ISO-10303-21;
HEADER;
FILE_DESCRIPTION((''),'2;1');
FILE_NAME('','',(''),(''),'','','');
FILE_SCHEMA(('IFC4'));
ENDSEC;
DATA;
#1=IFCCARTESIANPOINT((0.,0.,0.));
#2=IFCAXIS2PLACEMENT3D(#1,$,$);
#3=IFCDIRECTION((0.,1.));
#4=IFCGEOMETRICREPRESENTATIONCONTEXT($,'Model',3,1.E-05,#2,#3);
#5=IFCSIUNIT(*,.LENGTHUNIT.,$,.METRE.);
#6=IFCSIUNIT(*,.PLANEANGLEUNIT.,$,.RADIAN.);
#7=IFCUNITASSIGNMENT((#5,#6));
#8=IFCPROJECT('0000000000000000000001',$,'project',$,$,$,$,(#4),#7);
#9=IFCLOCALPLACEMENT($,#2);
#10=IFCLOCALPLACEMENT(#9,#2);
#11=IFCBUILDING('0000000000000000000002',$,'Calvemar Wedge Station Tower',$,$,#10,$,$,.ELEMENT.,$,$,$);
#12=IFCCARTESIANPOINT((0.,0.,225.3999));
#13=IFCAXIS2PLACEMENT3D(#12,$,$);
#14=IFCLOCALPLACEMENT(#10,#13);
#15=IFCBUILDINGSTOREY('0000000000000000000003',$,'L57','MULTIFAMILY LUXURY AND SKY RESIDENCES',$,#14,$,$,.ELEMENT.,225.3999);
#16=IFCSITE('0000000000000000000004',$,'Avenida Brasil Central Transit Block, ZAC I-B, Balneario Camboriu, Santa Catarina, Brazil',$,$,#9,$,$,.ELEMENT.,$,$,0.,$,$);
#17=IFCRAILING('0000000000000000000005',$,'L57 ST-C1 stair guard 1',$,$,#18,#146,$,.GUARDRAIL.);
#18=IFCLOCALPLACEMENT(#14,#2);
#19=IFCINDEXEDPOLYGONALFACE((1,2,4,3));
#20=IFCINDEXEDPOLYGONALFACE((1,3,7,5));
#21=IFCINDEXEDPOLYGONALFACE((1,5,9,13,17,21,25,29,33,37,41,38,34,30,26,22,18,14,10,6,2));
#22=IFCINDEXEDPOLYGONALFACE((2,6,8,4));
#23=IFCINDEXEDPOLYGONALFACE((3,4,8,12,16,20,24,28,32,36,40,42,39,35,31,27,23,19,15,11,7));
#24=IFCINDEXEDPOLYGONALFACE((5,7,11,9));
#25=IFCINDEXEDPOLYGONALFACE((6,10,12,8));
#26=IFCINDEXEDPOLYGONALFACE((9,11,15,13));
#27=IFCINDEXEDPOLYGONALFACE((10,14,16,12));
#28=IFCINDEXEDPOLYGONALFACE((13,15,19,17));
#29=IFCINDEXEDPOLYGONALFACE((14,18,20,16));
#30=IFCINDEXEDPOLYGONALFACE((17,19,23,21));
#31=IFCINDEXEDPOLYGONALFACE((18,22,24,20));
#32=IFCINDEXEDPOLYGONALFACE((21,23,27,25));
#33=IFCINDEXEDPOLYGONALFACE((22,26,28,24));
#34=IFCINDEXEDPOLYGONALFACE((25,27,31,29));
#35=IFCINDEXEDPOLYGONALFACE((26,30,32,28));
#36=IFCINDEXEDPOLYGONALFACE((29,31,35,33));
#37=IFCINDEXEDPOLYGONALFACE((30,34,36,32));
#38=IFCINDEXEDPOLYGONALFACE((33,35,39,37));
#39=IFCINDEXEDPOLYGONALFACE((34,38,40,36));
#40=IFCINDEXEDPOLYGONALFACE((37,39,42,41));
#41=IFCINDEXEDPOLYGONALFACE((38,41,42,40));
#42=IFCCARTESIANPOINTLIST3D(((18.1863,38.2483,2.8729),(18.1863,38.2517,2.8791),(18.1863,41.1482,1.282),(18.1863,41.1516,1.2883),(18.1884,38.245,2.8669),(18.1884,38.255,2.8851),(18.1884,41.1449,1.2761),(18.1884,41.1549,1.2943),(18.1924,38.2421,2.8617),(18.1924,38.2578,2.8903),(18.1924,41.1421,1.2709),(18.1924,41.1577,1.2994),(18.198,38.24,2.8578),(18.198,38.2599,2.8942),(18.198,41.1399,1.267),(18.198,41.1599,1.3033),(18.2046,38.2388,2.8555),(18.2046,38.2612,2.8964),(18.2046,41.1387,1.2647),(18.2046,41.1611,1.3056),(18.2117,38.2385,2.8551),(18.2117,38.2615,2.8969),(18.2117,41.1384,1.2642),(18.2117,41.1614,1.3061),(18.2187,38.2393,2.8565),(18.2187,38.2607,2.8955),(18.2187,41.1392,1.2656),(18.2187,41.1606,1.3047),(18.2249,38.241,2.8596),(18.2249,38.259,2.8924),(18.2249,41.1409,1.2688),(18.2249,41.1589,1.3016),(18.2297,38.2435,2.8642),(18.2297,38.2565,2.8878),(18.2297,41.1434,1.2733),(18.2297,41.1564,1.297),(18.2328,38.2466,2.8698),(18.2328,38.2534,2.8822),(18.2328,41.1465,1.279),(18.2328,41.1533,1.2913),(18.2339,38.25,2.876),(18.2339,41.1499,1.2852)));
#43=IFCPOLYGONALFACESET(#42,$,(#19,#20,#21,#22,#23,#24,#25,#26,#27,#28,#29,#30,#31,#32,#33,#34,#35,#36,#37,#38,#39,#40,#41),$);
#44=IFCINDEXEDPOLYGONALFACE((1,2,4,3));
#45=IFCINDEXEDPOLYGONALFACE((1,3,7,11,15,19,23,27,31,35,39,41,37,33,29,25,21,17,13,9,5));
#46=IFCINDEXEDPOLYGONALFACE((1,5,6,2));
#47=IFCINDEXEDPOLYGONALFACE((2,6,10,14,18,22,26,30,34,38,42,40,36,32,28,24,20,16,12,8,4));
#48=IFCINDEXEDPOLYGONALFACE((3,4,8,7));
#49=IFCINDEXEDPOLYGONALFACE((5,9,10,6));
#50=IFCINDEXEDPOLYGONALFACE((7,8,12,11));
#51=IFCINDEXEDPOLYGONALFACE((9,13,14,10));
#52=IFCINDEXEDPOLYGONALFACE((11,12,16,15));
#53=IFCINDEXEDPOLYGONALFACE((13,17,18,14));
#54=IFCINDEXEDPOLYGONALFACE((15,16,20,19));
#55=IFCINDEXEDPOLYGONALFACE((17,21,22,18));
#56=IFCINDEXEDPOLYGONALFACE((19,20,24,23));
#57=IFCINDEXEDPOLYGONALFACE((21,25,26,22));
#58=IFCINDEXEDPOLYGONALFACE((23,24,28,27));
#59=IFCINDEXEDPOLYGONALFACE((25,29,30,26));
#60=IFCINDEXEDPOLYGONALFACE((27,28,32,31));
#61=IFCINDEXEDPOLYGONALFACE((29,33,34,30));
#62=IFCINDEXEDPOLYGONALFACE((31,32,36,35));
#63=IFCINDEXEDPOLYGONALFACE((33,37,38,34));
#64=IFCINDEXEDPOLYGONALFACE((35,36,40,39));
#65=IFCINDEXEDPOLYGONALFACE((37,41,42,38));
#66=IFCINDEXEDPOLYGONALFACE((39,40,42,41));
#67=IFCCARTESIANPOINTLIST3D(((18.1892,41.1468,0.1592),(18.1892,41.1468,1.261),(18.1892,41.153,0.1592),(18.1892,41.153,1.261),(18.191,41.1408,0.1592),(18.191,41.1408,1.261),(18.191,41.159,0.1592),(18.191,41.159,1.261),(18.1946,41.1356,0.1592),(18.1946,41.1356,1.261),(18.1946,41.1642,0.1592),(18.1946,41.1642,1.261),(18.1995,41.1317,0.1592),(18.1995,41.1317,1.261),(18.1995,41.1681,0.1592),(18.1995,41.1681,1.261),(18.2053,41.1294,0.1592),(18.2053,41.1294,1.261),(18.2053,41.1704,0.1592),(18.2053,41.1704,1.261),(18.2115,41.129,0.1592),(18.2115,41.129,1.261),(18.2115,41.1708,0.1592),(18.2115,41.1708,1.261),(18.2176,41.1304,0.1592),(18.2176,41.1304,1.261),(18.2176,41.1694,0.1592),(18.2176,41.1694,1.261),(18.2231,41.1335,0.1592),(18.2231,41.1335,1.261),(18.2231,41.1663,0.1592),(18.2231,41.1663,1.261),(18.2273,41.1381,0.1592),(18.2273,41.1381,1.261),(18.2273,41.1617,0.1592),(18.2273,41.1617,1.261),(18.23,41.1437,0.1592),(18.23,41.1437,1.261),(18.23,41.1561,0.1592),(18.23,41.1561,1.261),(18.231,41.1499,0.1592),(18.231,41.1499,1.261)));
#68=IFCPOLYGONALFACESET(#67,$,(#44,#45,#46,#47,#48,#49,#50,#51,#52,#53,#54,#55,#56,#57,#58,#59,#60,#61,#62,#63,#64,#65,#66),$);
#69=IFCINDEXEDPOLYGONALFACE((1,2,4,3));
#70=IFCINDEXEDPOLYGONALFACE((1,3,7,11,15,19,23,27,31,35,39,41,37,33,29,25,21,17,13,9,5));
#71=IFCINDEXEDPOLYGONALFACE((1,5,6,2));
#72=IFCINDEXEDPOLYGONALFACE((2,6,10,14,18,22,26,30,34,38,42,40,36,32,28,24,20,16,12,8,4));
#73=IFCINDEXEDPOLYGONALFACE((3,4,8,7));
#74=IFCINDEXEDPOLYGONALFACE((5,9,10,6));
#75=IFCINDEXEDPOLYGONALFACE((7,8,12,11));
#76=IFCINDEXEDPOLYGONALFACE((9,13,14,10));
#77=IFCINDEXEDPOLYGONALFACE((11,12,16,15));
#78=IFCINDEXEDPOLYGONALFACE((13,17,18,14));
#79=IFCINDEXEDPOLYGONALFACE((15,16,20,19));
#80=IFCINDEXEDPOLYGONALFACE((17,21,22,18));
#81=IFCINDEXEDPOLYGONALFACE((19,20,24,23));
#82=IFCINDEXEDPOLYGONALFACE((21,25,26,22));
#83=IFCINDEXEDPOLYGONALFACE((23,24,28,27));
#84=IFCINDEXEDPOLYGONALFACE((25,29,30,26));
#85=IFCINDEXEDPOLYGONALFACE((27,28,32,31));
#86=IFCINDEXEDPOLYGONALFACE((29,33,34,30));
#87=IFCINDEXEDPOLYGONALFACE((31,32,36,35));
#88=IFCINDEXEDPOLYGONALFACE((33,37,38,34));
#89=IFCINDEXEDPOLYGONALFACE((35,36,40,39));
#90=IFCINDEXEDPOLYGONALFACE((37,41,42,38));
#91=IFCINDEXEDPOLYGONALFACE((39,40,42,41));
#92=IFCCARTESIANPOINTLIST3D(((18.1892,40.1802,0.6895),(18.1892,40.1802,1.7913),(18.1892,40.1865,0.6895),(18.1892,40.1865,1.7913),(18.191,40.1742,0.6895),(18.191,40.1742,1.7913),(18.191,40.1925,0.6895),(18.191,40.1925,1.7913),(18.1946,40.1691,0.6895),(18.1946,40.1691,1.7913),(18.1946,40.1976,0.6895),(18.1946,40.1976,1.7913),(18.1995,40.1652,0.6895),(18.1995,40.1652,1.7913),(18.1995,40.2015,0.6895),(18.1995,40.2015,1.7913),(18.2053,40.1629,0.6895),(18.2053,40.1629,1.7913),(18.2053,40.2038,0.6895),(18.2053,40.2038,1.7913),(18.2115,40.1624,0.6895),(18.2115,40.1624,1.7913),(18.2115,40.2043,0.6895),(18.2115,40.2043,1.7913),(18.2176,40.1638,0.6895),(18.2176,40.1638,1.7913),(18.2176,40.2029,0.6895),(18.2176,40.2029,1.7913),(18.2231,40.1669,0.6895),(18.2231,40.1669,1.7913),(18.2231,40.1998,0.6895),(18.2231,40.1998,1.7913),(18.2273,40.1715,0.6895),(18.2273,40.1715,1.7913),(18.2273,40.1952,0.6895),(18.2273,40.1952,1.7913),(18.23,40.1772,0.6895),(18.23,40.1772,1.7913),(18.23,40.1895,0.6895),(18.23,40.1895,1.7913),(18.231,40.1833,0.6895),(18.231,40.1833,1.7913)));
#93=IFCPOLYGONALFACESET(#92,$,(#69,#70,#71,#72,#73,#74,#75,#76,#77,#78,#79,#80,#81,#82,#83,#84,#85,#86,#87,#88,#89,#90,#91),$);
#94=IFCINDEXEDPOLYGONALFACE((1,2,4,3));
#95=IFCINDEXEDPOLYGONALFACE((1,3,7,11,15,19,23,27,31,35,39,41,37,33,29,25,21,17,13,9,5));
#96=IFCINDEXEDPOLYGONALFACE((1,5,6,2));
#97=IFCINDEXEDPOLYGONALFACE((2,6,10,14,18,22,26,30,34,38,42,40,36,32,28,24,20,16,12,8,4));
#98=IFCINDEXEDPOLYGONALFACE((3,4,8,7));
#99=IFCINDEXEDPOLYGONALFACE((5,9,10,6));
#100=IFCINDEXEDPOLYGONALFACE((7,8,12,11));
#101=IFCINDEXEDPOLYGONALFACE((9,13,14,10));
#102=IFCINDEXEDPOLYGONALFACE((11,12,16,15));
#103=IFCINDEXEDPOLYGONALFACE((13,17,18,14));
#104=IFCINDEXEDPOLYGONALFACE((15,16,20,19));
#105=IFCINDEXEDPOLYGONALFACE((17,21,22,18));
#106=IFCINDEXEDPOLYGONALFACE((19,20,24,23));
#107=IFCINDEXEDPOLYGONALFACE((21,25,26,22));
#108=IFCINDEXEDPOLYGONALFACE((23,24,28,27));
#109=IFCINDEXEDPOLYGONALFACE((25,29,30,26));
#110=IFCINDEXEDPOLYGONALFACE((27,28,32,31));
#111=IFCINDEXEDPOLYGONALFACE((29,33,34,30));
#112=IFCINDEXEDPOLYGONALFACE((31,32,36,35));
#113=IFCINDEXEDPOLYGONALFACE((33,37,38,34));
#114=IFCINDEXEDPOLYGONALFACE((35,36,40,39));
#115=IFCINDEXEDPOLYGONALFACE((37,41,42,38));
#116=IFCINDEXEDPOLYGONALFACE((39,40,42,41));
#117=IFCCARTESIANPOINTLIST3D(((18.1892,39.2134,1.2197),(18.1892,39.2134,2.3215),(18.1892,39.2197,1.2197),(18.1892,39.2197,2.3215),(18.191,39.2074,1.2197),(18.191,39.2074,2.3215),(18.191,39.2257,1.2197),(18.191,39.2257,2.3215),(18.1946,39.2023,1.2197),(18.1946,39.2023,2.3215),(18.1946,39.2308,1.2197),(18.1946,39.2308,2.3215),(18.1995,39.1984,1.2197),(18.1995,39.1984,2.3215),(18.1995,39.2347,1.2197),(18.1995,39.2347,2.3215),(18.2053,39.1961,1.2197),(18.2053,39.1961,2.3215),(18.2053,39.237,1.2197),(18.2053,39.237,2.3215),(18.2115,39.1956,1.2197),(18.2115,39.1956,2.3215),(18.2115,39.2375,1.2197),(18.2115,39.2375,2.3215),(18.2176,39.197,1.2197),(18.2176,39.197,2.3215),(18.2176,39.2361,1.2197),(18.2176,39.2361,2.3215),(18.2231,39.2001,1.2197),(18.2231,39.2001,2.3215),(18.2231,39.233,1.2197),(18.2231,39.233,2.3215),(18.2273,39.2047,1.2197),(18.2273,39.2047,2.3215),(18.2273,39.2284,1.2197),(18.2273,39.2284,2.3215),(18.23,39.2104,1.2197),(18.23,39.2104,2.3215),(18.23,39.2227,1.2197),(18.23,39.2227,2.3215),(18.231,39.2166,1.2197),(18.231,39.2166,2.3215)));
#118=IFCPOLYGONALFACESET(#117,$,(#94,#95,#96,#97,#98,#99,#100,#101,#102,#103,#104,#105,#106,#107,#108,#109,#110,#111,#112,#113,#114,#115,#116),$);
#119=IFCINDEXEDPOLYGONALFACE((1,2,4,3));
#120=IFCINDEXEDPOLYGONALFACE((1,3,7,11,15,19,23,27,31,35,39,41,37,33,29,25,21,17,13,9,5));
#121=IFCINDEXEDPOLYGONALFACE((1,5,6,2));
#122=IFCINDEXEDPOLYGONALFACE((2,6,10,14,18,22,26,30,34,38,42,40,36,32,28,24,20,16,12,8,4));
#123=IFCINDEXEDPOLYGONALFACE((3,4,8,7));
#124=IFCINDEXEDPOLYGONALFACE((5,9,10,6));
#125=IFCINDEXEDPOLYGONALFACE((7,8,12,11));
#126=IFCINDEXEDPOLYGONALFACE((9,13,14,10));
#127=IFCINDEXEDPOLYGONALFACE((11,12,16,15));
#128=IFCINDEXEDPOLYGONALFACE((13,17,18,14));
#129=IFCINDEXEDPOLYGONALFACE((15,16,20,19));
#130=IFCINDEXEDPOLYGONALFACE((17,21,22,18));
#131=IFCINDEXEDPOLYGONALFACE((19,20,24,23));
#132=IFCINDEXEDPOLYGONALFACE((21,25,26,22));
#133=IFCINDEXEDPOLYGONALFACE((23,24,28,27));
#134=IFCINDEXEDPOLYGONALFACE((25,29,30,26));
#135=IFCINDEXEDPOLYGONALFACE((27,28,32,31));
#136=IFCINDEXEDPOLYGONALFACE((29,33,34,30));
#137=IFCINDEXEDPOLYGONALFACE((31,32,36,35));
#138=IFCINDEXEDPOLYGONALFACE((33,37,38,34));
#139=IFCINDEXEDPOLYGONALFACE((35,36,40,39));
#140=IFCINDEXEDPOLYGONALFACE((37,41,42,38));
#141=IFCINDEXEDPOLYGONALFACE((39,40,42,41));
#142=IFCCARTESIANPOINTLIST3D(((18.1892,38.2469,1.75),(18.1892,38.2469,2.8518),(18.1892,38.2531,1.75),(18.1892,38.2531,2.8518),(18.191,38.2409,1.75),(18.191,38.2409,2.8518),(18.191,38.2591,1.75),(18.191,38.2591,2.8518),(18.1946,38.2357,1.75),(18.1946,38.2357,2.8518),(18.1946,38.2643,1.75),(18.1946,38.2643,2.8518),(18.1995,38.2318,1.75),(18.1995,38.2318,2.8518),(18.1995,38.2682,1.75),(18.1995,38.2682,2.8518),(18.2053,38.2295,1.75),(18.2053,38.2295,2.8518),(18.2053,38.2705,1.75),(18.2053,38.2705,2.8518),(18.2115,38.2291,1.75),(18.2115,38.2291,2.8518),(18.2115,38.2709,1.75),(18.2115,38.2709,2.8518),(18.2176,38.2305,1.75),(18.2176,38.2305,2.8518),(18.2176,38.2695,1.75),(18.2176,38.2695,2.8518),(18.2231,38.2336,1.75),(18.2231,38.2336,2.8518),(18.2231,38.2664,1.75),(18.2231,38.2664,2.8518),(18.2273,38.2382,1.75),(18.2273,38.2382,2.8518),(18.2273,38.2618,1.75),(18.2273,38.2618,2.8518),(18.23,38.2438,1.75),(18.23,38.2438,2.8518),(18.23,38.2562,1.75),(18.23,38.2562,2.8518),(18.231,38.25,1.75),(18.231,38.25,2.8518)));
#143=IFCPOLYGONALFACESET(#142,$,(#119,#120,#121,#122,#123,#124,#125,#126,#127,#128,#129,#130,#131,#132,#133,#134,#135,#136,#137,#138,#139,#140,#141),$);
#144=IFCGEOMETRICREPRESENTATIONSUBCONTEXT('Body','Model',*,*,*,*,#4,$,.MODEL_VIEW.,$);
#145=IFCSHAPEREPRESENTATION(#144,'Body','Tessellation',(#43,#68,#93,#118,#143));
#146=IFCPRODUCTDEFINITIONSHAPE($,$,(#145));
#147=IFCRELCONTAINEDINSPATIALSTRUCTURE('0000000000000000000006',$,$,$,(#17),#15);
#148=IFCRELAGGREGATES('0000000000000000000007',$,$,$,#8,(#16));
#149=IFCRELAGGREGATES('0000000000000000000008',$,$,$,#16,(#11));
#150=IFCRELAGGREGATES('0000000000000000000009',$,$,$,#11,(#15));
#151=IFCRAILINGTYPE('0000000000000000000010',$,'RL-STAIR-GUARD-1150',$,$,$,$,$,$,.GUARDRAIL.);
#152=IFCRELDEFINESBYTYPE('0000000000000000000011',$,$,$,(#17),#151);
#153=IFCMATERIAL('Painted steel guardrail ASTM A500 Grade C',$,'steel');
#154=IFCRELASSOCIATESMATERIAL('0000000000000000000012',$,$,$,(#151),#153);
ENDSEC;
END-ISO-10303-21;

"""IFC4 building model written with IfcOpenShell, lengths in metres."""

from ifc_helpers import new_model, si_unit, direction, frame, origin, origin_2d, place, context, subcontext, project, spatial, circle, extrude, material, type_object, element, save


model = new_model("IFC4")

# Units and contexts
model_context = context("Model", 3, precision=1e-05, world=origin(), true_north=direction((0.0, 1.0)))
body_context = subcontext(model_context, "Body", "Model", "MODEL_VIEW")
ifc_project = project(units=[si_unit("LENGTHUNIT", "METRE"), si_unit("PLANEANGLEUNIT", "RADIAN")], contexts=[model_context])

# Site, building, storey
site_placement = place(None, origin())
site = spatial("IfcSite", under=ifc_project, at=site_placement, Name="Avenida Brasil Central Transit Block, ZAC I-B, Balneario Camboriu, Santa Catarina, Brazil", CompositionType="ELEMENT", RefElevation=0.0)
building_placement = place(site_placement, origin())
building = spatial("IfcBuilding", under=site, at=building_placement, Name="Calvemar Wedge Station Tower", CompositionType="ELEMENT")
storey_placement = place(building_placement, frame((0.0, 0.0, 225.3999)))
storey = spatial("IfcBuildingStorey", under=building, at=storey_placement, Name="L57", Description="MULTIFAMILY LUXURY AND SKY RESIDENCES", CompositionType="ELEMENT", Elevation=225.3999)

# Railing
ifc_material_1 = material(Name="Painted steel guardrail ASTM A500 Grade C", Category="steel")
railing_type_1 = type_object("IfcRailingType", Name="RL-STAIR-GUARD-1150", PredefinedType="GUARDRAIL", material=ifc_material_1)
railing_1_placement = place(storey_placement, frame((18.21, 41.1499, 0.1592)))
element("IfcRailing", 1, at=railing_1_placement, inside=storey, type_object=railing_type_1, Name="L57 ST-C1 stair guard 1", PredefinedType="GUARDRAIL", context=body_context, shape_type="SweptSolid", body=[
    extrude(circle(Radius=0.0239, at=origin_2d()), frame((0.0, 0.0, 1.126), z_axis=(0.0, -0.876742, 0.480961), x_axis=(1.0, 0.0, 0.0)), (0.0, 0.0, 1.0), 3.3076),
    extrude(circle(Radius=0.021, at=origin_2d()), origin(), (0.0, 0.0, 1.0), 1.1018),
    extrude(circle(Radius=0.021, at=origin_2d()), frame((0.0, -0.9666, 0.5303)), (0.0, 0.0, 1.0), 1.1018),
    extrude(circle(Radius=0.021, at=origin_2d()), frame((0.0, -1.9333, 1.0605)), (0.0, 0.0, 1.0), 1.1018),
    extrude(circle(Radius=0.021, at=origin_2d()), frame((0.0, -2.8999, 1.5908)), (0.0, 0.0, 1.0), 1.1018),
])

save(model, "model.ifc")
